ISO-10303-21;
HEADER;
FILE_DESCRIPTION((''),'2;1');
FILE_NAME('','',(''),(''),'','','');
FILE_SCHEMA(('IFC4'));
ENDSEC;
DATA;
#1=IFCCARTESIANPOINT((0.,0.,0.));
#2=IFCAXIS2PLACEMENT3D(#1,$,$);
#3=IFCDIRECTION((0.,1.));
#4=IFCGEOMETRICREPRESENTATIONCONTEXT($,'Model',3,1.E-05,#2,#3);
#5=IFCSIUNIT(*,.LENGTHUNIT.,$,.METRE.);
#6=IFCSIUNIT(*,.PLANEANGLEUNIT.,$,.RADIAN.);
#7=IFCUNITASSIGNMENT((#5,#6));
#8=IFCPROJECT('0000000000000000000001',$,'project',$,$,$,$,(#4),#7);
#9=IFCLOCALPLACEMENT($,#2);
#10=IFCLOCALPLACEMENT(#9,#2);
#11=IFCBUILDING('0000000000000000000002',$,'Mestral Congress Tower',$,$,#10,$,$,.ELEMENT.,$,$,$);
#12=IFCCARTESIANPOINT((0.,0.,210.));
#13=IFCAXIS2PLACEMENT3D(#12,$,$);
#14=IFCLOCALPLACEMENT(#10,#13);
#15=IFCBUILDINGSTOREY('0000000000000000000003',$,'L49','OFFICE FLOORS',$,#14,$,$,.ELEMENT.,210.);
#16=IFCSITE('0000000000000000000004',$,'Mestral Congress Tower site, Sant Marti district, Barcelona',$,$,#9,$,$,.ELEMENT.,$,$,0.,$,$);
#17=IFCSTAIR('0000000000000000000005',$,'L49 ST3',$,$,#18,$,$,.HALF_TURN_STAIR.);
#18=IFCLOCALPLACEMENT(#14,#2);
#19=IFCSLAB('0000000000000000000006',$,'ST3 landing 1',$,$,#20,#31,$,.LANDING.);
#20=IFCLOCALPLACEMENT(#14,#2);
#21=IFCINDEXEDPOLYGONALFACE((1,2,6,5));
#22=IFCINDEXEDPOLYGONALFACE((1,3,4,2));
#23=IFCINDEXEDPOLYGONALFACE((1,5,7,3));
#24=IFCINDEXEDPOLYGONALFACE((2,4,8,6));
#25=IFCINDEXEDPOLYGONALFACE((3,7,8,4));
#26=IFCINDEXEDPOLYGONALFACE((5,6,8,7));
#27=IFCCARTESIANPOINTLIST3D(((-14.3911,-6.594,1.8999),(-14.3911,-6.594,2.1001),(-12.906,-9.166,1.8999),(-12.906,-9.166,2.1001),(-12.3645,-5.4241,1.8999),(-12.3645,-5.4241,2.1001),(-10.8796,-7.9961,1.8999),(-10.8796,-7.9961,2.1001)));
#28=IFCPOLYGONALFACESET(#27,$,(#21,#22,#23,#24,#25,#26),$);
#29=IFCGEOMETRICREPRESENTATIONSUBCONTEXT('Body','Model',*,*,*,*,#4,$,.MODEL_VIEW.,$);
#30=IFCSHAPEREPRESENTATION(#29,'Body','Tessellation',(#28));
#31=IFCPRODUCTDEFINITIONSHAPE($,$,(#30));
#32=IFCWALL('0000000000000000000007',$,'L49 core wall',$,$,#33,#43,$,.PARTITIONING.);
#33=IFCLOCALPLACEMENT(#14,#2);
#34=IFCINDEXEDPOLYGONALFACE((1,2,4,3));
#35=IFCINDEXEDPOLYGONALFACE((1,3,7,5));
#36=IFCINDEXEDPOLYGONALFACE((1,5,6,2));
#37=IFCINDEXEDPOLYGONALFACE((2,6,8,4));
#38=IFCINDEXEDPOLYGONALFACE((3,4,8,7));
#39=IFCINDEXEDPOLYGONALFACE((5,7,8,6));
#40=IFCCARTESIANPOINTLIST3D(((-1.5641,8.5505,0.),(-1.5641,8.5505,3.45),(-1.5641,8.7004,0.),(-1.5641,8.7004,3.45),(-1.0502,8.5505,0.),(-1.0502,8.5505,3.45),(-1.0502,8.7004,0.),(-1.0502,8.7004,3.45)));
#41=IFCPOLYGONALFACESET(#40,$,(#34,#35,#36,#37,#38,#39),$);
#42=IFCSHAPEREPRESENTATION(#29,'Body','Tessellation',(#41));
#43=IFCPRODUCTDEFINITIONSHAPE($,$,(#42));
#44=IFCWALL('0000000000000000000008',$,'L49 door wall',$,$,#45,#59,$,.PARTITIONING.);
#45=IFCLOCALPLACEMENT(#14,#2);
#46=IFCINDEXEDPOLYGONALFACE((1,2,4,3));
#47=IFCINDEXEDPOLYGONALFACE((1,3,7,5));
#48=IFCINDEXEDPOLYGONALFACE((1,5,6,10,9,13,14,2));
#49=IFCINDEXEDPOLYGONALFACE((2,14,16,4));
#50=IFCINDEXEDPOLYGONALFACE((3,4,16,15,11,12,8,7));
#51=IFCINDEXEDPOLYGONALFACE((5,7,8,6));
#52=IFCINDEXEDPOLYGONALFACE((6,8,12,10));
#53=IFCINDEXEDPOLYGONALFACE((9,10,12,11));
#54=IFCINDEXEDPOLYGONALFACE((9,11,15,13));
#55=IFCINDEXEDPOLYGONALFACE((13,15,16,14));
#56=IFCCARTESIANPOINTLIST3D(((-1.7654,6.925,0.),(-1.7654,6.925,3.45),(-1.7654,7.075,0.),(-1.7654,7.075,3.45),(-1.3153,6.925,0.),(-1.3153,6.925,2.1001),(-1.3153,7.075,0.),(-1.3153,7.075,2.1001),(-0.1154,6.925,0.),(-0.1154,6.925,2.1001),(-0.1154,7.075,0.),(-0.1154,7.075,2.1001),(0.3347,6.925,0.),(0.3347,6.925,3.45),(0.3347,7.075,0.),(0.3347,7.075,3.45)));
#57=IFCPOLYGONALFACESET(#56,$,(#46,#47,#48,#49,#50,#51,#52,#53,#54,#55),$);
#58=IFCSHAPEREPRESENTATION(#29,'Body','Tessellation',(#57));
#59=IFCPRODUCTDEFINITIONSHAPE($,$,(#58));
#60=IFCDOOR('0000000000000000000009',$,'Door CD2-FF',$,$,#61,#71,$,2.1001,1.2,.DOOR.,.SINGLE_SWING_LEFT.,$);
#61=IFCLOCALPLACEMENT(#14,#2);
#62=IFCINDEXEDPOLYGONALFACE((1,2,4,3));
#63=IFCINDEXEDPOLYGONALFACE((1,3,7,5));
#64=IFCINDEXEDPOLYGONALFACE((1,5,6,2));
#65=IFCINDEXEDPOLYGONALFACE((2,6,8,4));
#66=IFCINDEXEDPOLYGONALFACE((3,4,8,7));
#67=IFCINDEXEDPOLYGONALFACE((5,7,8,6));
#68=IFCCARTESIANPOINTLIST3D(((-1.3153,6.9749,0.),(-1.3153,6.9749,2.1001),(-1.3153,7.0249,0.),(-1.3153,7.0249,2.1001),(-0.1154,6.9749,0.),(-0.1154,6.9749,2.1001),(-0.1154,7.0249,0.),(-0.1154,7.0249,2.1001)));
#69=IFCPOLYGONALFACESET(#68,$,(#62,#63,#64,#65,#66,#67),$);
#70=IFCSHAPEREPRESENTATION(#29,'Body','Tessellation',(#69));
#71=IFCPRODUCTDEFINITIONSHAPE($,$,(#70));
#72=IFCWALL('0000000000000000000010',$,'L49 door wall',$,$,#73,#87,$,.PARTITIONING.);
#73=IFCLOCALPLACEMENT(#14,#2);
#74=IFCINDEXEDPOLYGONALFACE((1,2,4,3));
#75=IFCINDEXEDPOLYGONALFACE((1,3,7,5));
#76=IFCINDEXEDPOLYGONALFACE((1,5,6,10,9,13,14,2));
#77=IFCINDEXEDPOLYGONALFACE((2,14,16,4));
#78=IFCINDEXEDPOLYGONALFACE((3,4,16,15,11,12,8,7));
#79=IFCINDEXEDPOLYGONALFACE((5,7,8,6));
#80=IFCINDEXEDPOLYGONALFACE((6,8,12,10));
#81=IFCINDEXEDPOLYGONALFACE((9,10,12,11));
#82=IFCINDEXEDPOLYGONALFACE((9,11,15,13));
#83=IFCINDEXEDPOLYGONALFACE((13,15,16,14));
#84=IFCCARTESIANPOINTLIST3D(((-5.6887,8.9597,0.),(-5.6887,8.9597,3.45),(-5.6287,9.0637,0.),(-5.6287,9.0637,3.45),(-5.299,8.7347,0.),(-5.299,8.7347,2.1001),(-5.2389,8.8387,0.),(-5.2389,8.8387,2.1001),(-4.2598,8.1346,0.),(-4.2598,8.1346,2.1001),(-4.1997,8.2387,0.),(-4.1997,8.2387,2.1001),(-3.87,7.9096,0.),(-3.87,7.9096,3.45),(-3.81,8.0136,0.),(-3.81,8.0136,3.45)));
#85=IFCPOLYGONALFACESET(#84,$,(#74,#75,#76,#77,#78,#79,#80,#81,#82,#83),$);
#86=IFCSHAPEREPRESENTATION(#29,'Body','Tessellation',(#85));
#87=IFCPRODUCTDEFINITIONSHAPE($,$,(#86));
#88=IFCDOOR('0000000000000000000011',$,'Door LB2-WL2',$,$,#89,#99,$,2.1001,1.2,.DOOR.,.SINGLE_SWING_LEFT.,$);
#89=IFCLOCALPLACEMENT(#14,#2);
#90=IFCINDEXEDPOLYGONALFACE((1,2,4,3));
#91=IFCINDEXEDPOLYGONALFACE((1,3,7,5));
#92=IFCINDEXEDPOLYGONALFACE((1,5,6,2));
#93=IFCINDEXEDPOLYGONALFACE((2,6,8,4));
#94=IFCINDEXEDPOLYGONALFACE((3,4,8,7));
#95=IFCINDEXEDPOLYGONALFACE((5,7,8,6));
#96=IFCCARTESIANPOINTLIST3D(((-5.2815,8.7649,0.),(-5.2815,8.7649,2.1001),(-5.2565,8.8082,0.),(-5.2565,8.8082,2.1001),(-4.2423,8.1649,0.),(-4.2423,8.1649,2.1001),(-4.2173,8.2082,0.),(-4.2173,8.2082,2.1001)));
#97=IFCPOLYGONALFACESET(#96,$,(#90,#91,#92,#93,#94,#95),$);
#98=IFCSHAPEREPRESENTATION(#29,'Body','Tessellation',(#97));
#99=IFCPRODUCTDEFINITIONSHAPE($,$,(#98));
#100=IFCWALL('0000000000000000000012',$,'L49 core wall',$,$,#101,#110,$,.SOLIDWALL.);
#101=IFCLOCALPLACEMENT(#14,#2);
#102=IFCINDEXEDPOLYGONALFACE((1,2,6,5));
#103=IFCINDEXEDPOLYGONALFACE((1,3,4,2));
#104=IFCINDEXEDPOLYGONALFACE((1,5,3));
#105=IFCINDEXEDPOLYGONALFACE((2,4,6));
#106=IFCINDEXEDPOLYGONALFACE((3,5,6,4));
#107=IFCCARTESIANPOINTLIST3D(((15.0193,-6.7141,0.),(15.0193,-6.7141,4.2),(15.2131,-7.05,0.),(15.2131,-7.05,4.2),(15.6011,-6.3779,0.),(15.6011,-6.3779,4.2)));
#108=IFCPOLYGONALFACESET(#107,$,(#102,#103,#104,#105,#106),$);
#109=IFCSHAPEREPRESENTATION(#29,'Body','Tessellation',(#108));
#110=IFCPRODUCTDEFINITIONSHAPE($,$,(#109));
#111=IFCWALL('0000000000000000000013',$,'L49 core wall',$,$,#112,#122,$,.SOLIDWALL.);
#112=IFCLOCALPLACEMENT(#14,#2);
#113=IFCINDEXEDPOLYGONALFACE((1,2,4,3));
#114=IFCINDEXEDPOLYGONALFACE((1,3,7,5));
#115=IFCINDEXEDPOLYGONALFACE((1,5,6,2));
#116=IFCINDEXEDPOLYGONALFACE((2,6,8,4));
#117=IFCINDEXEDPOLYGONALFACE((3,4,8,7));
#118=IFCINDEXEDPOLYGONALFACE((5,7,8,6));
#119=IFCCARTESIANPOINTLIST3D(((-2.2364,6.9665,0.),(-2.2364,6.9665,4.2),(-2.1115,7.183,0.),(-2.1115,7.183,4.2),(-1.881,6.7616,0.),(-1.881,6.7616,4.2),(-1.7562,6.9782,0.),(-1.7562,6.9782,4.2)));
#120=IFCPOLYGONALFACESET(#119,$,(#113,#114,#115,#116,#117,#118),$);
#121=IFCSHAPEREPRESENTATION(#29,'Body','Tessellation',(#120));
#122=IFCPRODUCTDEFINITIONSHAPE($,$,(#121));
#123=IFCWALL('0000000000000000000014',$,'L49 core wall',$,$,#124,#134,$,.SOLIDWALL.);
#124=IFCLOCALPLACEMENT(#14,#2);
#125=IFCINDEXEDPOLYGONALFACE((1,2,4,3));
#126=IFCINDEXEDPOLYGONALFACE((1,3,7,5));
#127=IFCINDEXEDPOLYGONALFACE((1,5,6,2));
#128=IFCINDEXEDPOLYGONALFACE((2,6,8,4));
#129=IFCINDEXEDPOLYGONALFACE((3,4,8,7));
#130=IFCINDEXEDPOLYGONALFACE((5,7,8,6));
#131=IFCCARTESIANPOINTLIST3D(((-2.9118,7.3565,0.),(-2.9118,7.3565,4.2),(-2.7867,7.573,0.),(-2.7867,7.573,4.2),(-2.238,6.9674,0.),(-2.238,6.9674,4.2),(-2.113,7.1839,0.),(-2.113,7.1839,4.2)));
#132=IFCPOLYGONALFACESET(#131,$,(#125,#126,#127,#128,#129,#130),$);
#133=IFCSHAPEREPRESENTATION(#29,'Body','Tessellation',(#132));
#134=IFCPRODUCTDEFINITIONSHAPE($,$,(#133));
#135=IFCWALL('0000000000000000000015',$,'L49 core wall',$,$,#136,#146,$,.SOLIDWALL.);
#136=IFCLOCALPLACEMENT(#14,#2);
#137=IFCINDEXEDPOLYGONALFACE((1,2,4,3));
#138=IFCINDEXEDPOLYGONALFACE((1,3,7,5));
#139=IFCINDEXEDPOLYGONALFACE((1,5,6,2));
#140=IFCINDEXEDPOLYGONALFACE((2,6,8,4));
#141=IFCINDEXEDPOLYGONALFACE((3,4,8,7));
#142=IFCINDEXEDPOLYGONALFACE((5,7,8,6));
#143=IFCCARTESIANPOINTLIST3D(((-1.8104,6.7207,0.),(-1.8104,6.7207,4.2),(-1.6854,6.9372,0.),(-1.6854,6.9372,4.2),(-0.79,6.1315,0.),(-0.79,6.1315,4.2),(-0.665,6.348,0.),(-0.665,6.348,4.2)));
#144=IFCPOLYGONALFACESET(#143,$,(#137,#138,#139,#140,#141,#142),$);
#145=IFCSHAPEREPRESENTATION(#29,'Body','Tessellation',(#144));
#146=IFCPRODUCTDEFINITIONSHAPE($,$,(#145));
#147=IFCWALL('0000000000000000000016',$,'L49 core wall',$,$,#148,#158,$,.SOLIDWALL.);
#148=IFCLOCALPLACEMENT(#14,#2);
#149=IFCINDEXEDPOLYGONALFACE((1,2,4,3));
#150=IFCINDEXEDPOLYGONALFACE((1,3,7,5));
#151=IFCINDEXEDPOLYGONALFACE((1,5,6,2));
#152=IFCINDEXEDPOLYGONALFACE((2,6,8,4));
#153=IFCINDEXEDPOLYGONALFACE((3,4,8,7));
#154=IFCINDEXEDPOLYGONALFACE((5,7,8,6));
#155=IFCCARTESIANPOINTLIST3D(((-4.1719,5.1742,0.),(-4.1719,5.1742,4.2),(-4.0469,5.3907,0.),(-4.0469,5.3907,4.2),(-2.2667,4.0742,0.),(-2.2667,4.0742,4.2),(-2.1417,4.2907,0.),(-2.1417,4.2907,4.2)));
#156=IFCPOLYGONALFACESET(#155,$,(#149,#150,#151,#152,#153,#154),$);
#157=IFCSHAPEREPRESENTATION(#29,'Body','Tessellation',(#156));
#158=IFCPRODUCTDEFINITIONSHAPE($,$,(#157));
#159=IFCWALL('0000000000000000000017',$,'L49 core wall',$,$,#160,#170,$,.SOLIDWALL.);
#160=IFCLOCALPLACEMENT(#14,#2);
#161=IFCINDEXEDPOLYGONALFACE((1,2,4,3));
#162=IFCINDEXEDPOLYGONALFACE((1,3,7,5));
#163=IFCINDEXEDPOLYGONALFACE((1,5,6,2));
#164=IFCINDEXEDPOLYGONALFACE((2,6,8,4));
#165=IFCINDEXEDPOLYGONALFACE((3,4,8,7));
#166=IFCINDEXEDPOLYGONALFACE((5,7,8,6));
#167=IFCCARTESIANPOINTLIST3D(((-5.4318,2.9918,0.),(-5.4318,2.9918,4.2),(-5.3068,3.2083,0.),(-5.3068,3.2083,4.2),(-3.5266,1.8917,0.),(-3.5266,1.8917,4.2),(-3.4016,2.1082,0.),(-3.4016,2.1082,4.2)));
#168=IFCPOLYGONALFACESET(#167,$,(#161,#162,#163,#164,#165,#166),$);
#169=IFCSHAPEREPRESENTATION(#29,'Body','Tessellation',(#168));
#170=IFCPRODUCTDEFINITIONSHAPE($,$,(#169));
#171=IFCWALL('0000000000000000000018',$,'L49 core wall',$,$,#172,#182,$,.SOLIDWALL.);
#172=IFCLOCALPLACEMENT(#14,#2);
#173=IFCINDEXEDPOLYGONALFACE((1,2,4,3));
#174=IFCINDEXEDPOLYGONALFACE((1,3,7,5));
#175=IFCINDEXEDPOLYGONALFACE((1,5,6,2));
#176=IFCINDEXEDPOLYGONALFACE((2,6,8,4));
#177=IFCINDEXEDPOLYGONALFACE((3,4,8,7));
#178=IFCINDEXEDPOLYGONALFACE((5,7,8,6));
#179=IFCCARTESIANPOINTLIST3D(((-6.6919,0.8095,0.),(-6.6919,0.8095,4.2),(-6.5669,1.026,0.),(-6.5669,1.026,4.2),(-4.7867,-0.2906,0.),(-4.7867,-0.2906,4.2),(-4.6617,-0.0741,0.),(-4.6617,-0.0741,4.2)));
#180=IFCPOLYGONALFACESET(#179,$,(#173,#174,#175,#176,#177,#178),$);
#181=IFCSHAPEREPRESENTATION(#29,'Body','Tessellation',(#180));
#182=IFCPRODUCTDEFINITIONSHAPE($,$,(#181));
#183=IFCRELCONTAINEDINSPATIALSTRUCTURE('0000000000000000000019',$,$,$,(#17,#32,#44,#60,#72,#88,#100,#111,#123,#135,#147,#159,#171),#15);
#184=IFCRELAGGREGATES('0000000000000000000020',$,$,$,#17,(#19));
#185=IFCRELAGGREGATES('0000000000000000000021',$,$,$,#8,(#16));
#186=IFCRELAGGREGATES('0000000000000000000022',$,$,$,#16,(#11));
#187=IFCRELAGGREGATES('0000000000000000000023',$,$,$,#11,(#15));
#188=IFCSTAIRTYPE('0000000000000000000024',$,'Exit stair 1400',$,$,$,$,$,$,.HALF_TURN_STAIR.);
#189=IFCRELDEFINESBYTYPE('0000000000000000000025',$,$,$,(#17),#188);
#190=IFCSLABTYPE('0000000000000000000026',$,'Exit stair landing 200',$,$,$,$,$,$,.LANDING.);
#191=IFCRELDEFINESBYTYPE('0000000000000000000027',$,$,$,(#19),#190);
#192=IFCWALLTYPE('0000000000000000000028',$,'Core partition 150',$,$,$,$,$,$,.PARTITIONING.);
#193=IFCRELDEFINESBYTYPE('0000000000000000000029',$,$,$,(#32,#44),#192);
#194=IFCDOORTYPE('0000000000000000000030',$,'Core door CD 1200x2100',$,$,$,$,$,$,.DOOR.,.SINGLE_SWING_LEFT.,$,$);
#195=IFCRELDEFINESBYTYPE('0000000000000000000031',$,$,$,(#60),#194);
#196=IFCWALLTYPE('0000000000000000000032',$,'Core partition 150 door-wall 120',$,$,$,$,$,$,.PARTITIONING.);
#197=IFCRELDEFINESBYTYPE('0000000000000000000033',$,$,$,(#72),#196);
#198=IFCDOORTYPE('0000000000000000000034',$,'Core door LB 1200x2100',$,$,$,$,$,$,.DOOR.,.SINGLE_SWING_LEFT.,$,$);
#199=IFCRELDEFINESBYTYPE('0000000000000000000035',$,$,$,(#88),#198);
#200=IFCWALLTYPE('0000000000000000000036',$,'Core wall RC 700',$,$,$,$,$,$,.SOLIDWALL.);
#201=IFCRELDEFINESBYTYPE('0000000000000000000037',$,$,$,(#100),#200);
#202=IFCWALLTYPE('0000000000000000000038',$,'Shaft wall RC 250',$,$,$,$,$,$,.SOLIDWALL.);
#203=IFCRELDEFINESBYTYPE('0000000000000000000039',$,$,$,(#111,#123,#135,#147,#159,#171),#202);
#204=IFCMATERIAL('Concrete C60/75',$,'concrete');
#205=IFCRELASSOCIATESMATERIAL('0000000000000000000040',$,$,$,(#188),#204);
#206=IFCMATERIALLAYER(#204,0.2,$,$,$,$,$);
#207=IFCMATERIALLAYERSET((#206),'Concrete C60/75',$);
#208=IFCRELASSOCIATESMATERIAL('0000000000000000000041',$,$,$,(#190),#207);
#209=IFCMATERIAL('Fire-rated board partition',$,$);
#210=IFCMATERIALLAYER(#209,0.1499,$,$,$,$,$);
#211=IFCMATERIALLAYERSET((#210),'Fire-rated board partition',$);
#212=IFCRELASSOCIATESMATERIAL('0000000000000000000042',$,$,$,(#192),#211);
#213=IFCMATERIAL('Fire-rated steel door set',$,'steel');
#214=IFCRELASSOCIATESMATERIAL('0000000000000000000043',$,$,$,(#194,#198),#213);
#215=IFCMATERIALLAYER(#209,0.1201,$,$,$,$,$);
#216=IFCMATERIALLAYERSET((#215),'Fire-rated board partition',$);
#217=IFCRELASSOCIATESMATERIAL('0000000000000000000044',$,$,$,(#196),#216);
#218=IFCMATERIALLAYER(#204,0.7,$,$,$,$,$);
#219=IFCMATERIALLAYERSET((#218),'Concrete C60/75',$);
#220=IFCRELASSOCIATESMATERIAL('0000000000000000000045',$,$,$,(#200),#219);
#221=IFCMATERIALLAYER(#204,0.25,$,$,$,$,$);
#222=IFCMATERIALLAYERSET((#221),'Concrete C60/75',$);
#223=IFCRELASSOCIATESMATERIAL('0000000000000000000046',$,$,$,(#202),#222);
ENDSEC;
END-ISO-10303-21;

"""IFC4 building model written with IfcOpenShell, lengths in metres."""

from ifc_helpers import new_model, si_unit, direction, frame, frame_2d, origin, place, context, subcontext, project, spatial, polyline, rectangle, outline, extrude, material, layer, layer_set, type_object, element, fill, aggregate, save


model = new_model("IFC4")

# Units and contexts
model_context = context("Model", 3, precision=1e-05, world=origin(), true_north=direction((0.0, 1.0)))
body_context = subcontext(model_context, "Body", "Model", "MODEL_VIEW")
ifc_project = project(units=[si_unit("LENGTHUNIT", "METRE"), si_unit("PLANEANGLEUNIT", "RADIAN")], contexts=[model_context])

# Site, building, storey
site_placement = place(None, origin())
site = spatial("IfcSite", under=ifc_project, at=site_placement, Name="Mestral Congress Tower site, Sant Marti district, Barcelona", CompositionType="ELEMENT", RefElevation=0.0)
building_placement = place(site_placement, origin())
building = spatial("IfcBuilding", under=site, at=building_placement, Name="Mestral Congress Tower", CompositionType="ELEMENT")
storey_placement = place(building_placement, frame((0.0, 0.0, 210.0)))
storey = spatial("IfcBuildingStorey", under=building, at=storey_placement, Name="L49", Description="OFFICE FLOORS", CompositionType="ELEMENT", Elevation=210.0)

# Shared definitions
ifc_material_1 = material(Name="Concrete C60/75", Category="concrete")

# Stair, slab
stair_type = type_object("IfcStairType", Name="Exit stair 1400", PredefinedType="HALF_TURN_STAIR", material=ifc_material_1)
placement_1 = place(storey_placement, origin())
ifc_layer_1 = layer(ifc_material_1, 0.2)
ifc_layer_set_1 = layer_set([ifc_layer_1], Name="Concrete C60/75")
slab_type_1 = type_object("IfcSlabType", Name="Exit stair landing 200", PredefinedType="LANDING", material=ifc_layer_set_1)
placement_2 = place(storey_placement, frame((0.0, 0.0, 1.8999)))
stair_1 = element("IfcStair", 1, at=placement_1, inside=storey, type_object=stair_type, Name="L49 ST3", PredefinedType="HALF_TURN_STAIR")
slab_1 = element("IfcSlab", 2, at=placement_2, type_object=slab_type_1, Name="ST3 landing 1", PredefinedType="LANDING", context=body_context, shape_type="SweptSolid", body=[
    extrude(outline(polyline([(-12.3645, -5.4241), (-10.8796, -7.9961), (-12.906, -9.166), (-14.3911, -6.594), (-12.3645, -5.4241)])), origin(), (0.0, 0.0, 1.0), 0.2002),
])
aggregate(stair_1, [slab_1])

# Wall
ifc_material_2 = material(Name="Fire-rated board partition")
ifc_layer_2 = layer(ifc_material_2, 0.1499)
ifc_layer_set_2 = layer_set([ifc_layer_2], Name="Fire-rated board partition")
wall_type_1 = type_object("IfcWallType", Name="Core partition 150", PredefinedType="PARTITIONING", material=ifc_layer_set_2)
wall_1_placement = place(storey_placement, frame((-1.564, 8.6255, 0.0), z_axis=(0.0, 0.0, 1.0), x_axis=(1.0, 0.0, 0.0)))
element("IfcWall", 3, at=wall_1_placement, inside=storey, type_object=wall_type_1, Name="L49 core wall", PredefinedType="PARTITIONING", context=body_context, shape_type="SweptSolid", body=[
    extrude(rectangle(XDim=0.5139, YDim=0.1499, at=frame_2d((0.2568, 0.0))), origin(), (0.0, 0.0, 1.0), 3.45),
])

# Walls, openings, doors
wall_2_placement = place(storey_placement, frame((-1.7654, 7.0, 0.0), z_axis=(0.0, 0.0, 1.0), x_axis=(1.0, 0.0, 0.0)))
wall_2 = element("IfcWall", 4, at=wall_2_placement, inside=storey, type_object=wall_type_1, Name="L49 door wall", PredefinedType="PARTITIONING", context=body_context, shape_type="SweptSolid", body=[
    extrude(rectangle(XDim=2.1001, YDim=0.1499, at=frame_2d((1.05, 0.0))), origin(), (0.0, 0.0, 1.0), 3.45),
])
opening_1_placement = place(wall_2_placement, frame((0.45, 0.0, 0.0)))
opening_1 = element("IfcOpeningElement", 5, at=opening_1_placement, cuts=wall_2, PredefinedType="OPENING", context=body_context, shape_type="SweptSolid", body=[
    extrude(rectangle(XDim=1.2, YDim=2.1001, at=frame_2d((0.6001, 1.05))), frame((0.0, 0.085, 0.0), z_axis=(0.0, -1.0, 0.0), x_axis=(1.0, 0.0, 0.0)), (0.0, 0.0, 1.0), 0.1699),
])
ifc_material_3 = material(Name="Fire-rated steel door set", Category="steel")
door_type_1 = type_object("IfcDoorType", Name="Core door CD 1200x2100", OperationType="SINGLE_SWING_LEFT", PredefinedType="DOOR", material=ifc_material_3)
door_1_placement = place(opening_1_placement, origin())
door_1 = element("IfcDoor", 6, at=door_1_placement, inside=storey, type_object=door_type_1, Name="Door CD2-FF", OperationType="SINGLE_SWING_LEFT", OverallHeight=2.1001, OverallWidth=1.2, PredefinedType="DOOR", context=body_context, shape_type="SweptSolid", body=[
    extrude(rectangle(XDim=1.2, YDim=2.1001, at=frame_2d((0.6001, 1.05))), frame((0.0, 0.0249, 0.0), z_axis=(0.0, -1.0, 0.0), x_axis=(1.0, 0.0, 0.0)), (0.0, 0.0, 1.0), 0.05),
])
fill(opening_1, door_1)
ifc_layer_3 = layer(ifc_material_2, 0.1201)
ifc_layer_set_3 = layer_set([ifc_layer_3], Name="Fire-rated board partition")
wall_type_2 = type_object("IfcWallType", Name="Core partition 150 door-wall 120", PredefinedType="PARTITIONING", material=ifc_layer_set_3)
wall_3_placement = place(storey_placement, frame((-5.6587, 9.0117, 0.0), z_axis=(0.0, 0.0, 1.0), x_axis=(0.866009, -0.500028, 0.0)))
wall_3 = element("IfcWall", 7, at=wall_3_placement, inside=storey, type_object=wall_type_2, Name="L49 door wall", PredefinedType="PARTITIONING", context=body_context, shape_type="SweptSolid", body=[
    extrude(rectangle(XDim=2.1001, YDim=0.1201, at=frame_2d((1.05, 0.0))), origin(), (0.0, 0.0, 1.0), 3.45),
])
opening_2_placement = place(wall_3_placement, frame((0.45, 0.0, 0.0)))
opening_2 = element("IfcOpeningElement", 8, at=opening_2_placement, cuts=wall_3, PredefinedType="OPENING", context=body_context, shape_type="SweptSolid", body=[
    extrude(rectangle(XDim=1.2, YDim=2.1001, at=frame_2d((0.6001, 1.05))), frame((0.0, 0.0701, 0.0), z_axis=(0.0, -1.0, 0.0), x_axis=(1.0, 0.0, 0.0)), (0.0, 0.0, 1.0), 0.1401),
])
door_type_2 = type_object("IfcDoorType", Name="Core door LB 1200x2100", OperationType="SINGLE_SWING_LEFT", PredefinedType="DOOR", material=ifc_material_3)
door_2_placement = place(opening_2_placement, origin())
door_2 = element("IfcDoor", 9, at=door_2_placement, inside=storey, type_object=door_type_2, Name="Door LB2-WL2", OperationType="SINGLE_SWING_LEFT", OverallHeight=2.1001, OverallWidth=1.2, PredefinedType="DOOR", context=body_context, shape_type="SweptSolid", body=[
    extrude(rectangle(XDim=1.2, YDim=2.1001, at=frame_2d((0.6001, 1.05))), frame((0.0, 0.0249, 0.0), z_axis=(0.0, -1.0, 0.0), x_axis=(1.0, 0.0, 0.0)), (0.0, 0.0, 1.0), 0.05),
])
fill(opening_2, door_2)

# Walls
ifc_layer_4 = layer(ifc_material_1, 0.7)
ifc_layer_set_4 = layer_set([ifc_layer_4], Name="Concrete C60/75")
wall_type_3 = type_object("IfcWallType", Name="Core wall RC 700", PredefinedType="SOLIDWALL", material=ifc_layer_set_4)
element("IfcWall", 10, at=placement_1, inside=storey, type_object=wall_type_3, Name="L49 core wall", PredefinedType="SOLIDWALL", context=body_context, shape_type="SweptSolid", body=[
    extrude(outline(polyline([(15.2131, -7.05), (15.0193, -6.7141), (15.6011, -6.3779), (15.2131, -7.05)])), origin(), (0.0, 0.0, 1.0), 4.2),
])
ifc_layer_5 = layer(ifc_material_1, 0.25)
ifc_layer_set_5 = layer_set([ifc_layer_5], Name="Concrete C60/75")
wall_type_4 = type_object("IfcWallType", Name="Shaft wall RC 250", PredefinedType="SOLIDWALL", material=ifc_layer_set_5)
wall_4_placement = place(storey_placement, frame((-1.8186, 6.8699, 0.0), z_axis=(0.0, 0.0, 1.0), x_axis=(-0.866295, 0.499533, 0.0)))
element("IfcWall", 11, at=wall_4_placement, inside=storey, type_object=wall_type_4, Name="L49 core wall", PredefinedType="SOLIDWALL", context=body_context, shape_type="SweptSolid", body=[
    extrude(rectangle(XDim=0.4102, YDim=0.25, at=frame_2d((0.2051, 0.0))), origin(), (0.0, 0.0, 1.0), 4.2),
])
wall_5_placement = place(storey_placement, frame((-2.8494, 7.4648, 0.0), z_axis=(0.0, 0.0, 1.0), x_axis=(0.865956, -0.500121, 0.0)))
element("IfcWall", 12, at=wall_5_placement, inside=storey, type_object=wall_type_4, Name="L49 core wall", PredefinedType="SOLIDWALL", context=body_context, shape_type="SweptSolid", body=[
    extrude(rectangle(XDim=0.7781, YDim=0.25, at=frame_2d((0.3892, 0.0))), origin(), (0.0, 0.0, 1.0), 4.2),
])
wall_6_placement = place(storey_placement, frame((-0.7275, 6.2397, 0.0), z_axis=(0.0, 0.0, 1.0), x_axis=(-0.866003, 0.500039, 0.0)))
element("IfcWall", 13, at=wall_6_placement, inside=storey, type_object=wall_type_4, Name="L49 core wall", PredefinedType="SOLIDWALL", context=body_context, shape_type="SweptSolid", body=[
    extrude(rectangle(XDim=1.1782, YDim=0.25, at=frame_2d((0.5891, 0.0))), origin(), (0.0, 0.0, 1.0), 4.2),
])
for number, where, z_axis, x_axis, name in (
    (14, (-2.2041, 4.1824, 0.0), (0.0, 0.0, 1.0), (-0.866008, 0.50003, 0.0), "L49 core wall"),
    (15, (-5.3694, 3.1001, 0.0), (0.0, 0.0, 1.0), (0.866008, -0.50003, 0.0), "L49 core wall"),
    (16, (-4.7241, -0.1824, 0.0), (0.0, 0.0, 1.0), (-0.866008, 0.50003, 0.0), "L49 core wall"),
):
    element("IfcWall", number, at=place(storey_placement, frame(where, z_axis=z_axis, x_axis=x_axis)), inside=storey, type_object=wall_type_4, Name=name, PredefinedType="SOLIDWALL", context=body_context, shape_type="SweptSolid", body=[
        extrude(rectangle(XDim=2.2, YDim=0.25, at=frame_2d((1.1001, 0.0))), origin(), (0.0, 0.0, 1.0), 4.2),
    ])

save(model, "model.ifc")
